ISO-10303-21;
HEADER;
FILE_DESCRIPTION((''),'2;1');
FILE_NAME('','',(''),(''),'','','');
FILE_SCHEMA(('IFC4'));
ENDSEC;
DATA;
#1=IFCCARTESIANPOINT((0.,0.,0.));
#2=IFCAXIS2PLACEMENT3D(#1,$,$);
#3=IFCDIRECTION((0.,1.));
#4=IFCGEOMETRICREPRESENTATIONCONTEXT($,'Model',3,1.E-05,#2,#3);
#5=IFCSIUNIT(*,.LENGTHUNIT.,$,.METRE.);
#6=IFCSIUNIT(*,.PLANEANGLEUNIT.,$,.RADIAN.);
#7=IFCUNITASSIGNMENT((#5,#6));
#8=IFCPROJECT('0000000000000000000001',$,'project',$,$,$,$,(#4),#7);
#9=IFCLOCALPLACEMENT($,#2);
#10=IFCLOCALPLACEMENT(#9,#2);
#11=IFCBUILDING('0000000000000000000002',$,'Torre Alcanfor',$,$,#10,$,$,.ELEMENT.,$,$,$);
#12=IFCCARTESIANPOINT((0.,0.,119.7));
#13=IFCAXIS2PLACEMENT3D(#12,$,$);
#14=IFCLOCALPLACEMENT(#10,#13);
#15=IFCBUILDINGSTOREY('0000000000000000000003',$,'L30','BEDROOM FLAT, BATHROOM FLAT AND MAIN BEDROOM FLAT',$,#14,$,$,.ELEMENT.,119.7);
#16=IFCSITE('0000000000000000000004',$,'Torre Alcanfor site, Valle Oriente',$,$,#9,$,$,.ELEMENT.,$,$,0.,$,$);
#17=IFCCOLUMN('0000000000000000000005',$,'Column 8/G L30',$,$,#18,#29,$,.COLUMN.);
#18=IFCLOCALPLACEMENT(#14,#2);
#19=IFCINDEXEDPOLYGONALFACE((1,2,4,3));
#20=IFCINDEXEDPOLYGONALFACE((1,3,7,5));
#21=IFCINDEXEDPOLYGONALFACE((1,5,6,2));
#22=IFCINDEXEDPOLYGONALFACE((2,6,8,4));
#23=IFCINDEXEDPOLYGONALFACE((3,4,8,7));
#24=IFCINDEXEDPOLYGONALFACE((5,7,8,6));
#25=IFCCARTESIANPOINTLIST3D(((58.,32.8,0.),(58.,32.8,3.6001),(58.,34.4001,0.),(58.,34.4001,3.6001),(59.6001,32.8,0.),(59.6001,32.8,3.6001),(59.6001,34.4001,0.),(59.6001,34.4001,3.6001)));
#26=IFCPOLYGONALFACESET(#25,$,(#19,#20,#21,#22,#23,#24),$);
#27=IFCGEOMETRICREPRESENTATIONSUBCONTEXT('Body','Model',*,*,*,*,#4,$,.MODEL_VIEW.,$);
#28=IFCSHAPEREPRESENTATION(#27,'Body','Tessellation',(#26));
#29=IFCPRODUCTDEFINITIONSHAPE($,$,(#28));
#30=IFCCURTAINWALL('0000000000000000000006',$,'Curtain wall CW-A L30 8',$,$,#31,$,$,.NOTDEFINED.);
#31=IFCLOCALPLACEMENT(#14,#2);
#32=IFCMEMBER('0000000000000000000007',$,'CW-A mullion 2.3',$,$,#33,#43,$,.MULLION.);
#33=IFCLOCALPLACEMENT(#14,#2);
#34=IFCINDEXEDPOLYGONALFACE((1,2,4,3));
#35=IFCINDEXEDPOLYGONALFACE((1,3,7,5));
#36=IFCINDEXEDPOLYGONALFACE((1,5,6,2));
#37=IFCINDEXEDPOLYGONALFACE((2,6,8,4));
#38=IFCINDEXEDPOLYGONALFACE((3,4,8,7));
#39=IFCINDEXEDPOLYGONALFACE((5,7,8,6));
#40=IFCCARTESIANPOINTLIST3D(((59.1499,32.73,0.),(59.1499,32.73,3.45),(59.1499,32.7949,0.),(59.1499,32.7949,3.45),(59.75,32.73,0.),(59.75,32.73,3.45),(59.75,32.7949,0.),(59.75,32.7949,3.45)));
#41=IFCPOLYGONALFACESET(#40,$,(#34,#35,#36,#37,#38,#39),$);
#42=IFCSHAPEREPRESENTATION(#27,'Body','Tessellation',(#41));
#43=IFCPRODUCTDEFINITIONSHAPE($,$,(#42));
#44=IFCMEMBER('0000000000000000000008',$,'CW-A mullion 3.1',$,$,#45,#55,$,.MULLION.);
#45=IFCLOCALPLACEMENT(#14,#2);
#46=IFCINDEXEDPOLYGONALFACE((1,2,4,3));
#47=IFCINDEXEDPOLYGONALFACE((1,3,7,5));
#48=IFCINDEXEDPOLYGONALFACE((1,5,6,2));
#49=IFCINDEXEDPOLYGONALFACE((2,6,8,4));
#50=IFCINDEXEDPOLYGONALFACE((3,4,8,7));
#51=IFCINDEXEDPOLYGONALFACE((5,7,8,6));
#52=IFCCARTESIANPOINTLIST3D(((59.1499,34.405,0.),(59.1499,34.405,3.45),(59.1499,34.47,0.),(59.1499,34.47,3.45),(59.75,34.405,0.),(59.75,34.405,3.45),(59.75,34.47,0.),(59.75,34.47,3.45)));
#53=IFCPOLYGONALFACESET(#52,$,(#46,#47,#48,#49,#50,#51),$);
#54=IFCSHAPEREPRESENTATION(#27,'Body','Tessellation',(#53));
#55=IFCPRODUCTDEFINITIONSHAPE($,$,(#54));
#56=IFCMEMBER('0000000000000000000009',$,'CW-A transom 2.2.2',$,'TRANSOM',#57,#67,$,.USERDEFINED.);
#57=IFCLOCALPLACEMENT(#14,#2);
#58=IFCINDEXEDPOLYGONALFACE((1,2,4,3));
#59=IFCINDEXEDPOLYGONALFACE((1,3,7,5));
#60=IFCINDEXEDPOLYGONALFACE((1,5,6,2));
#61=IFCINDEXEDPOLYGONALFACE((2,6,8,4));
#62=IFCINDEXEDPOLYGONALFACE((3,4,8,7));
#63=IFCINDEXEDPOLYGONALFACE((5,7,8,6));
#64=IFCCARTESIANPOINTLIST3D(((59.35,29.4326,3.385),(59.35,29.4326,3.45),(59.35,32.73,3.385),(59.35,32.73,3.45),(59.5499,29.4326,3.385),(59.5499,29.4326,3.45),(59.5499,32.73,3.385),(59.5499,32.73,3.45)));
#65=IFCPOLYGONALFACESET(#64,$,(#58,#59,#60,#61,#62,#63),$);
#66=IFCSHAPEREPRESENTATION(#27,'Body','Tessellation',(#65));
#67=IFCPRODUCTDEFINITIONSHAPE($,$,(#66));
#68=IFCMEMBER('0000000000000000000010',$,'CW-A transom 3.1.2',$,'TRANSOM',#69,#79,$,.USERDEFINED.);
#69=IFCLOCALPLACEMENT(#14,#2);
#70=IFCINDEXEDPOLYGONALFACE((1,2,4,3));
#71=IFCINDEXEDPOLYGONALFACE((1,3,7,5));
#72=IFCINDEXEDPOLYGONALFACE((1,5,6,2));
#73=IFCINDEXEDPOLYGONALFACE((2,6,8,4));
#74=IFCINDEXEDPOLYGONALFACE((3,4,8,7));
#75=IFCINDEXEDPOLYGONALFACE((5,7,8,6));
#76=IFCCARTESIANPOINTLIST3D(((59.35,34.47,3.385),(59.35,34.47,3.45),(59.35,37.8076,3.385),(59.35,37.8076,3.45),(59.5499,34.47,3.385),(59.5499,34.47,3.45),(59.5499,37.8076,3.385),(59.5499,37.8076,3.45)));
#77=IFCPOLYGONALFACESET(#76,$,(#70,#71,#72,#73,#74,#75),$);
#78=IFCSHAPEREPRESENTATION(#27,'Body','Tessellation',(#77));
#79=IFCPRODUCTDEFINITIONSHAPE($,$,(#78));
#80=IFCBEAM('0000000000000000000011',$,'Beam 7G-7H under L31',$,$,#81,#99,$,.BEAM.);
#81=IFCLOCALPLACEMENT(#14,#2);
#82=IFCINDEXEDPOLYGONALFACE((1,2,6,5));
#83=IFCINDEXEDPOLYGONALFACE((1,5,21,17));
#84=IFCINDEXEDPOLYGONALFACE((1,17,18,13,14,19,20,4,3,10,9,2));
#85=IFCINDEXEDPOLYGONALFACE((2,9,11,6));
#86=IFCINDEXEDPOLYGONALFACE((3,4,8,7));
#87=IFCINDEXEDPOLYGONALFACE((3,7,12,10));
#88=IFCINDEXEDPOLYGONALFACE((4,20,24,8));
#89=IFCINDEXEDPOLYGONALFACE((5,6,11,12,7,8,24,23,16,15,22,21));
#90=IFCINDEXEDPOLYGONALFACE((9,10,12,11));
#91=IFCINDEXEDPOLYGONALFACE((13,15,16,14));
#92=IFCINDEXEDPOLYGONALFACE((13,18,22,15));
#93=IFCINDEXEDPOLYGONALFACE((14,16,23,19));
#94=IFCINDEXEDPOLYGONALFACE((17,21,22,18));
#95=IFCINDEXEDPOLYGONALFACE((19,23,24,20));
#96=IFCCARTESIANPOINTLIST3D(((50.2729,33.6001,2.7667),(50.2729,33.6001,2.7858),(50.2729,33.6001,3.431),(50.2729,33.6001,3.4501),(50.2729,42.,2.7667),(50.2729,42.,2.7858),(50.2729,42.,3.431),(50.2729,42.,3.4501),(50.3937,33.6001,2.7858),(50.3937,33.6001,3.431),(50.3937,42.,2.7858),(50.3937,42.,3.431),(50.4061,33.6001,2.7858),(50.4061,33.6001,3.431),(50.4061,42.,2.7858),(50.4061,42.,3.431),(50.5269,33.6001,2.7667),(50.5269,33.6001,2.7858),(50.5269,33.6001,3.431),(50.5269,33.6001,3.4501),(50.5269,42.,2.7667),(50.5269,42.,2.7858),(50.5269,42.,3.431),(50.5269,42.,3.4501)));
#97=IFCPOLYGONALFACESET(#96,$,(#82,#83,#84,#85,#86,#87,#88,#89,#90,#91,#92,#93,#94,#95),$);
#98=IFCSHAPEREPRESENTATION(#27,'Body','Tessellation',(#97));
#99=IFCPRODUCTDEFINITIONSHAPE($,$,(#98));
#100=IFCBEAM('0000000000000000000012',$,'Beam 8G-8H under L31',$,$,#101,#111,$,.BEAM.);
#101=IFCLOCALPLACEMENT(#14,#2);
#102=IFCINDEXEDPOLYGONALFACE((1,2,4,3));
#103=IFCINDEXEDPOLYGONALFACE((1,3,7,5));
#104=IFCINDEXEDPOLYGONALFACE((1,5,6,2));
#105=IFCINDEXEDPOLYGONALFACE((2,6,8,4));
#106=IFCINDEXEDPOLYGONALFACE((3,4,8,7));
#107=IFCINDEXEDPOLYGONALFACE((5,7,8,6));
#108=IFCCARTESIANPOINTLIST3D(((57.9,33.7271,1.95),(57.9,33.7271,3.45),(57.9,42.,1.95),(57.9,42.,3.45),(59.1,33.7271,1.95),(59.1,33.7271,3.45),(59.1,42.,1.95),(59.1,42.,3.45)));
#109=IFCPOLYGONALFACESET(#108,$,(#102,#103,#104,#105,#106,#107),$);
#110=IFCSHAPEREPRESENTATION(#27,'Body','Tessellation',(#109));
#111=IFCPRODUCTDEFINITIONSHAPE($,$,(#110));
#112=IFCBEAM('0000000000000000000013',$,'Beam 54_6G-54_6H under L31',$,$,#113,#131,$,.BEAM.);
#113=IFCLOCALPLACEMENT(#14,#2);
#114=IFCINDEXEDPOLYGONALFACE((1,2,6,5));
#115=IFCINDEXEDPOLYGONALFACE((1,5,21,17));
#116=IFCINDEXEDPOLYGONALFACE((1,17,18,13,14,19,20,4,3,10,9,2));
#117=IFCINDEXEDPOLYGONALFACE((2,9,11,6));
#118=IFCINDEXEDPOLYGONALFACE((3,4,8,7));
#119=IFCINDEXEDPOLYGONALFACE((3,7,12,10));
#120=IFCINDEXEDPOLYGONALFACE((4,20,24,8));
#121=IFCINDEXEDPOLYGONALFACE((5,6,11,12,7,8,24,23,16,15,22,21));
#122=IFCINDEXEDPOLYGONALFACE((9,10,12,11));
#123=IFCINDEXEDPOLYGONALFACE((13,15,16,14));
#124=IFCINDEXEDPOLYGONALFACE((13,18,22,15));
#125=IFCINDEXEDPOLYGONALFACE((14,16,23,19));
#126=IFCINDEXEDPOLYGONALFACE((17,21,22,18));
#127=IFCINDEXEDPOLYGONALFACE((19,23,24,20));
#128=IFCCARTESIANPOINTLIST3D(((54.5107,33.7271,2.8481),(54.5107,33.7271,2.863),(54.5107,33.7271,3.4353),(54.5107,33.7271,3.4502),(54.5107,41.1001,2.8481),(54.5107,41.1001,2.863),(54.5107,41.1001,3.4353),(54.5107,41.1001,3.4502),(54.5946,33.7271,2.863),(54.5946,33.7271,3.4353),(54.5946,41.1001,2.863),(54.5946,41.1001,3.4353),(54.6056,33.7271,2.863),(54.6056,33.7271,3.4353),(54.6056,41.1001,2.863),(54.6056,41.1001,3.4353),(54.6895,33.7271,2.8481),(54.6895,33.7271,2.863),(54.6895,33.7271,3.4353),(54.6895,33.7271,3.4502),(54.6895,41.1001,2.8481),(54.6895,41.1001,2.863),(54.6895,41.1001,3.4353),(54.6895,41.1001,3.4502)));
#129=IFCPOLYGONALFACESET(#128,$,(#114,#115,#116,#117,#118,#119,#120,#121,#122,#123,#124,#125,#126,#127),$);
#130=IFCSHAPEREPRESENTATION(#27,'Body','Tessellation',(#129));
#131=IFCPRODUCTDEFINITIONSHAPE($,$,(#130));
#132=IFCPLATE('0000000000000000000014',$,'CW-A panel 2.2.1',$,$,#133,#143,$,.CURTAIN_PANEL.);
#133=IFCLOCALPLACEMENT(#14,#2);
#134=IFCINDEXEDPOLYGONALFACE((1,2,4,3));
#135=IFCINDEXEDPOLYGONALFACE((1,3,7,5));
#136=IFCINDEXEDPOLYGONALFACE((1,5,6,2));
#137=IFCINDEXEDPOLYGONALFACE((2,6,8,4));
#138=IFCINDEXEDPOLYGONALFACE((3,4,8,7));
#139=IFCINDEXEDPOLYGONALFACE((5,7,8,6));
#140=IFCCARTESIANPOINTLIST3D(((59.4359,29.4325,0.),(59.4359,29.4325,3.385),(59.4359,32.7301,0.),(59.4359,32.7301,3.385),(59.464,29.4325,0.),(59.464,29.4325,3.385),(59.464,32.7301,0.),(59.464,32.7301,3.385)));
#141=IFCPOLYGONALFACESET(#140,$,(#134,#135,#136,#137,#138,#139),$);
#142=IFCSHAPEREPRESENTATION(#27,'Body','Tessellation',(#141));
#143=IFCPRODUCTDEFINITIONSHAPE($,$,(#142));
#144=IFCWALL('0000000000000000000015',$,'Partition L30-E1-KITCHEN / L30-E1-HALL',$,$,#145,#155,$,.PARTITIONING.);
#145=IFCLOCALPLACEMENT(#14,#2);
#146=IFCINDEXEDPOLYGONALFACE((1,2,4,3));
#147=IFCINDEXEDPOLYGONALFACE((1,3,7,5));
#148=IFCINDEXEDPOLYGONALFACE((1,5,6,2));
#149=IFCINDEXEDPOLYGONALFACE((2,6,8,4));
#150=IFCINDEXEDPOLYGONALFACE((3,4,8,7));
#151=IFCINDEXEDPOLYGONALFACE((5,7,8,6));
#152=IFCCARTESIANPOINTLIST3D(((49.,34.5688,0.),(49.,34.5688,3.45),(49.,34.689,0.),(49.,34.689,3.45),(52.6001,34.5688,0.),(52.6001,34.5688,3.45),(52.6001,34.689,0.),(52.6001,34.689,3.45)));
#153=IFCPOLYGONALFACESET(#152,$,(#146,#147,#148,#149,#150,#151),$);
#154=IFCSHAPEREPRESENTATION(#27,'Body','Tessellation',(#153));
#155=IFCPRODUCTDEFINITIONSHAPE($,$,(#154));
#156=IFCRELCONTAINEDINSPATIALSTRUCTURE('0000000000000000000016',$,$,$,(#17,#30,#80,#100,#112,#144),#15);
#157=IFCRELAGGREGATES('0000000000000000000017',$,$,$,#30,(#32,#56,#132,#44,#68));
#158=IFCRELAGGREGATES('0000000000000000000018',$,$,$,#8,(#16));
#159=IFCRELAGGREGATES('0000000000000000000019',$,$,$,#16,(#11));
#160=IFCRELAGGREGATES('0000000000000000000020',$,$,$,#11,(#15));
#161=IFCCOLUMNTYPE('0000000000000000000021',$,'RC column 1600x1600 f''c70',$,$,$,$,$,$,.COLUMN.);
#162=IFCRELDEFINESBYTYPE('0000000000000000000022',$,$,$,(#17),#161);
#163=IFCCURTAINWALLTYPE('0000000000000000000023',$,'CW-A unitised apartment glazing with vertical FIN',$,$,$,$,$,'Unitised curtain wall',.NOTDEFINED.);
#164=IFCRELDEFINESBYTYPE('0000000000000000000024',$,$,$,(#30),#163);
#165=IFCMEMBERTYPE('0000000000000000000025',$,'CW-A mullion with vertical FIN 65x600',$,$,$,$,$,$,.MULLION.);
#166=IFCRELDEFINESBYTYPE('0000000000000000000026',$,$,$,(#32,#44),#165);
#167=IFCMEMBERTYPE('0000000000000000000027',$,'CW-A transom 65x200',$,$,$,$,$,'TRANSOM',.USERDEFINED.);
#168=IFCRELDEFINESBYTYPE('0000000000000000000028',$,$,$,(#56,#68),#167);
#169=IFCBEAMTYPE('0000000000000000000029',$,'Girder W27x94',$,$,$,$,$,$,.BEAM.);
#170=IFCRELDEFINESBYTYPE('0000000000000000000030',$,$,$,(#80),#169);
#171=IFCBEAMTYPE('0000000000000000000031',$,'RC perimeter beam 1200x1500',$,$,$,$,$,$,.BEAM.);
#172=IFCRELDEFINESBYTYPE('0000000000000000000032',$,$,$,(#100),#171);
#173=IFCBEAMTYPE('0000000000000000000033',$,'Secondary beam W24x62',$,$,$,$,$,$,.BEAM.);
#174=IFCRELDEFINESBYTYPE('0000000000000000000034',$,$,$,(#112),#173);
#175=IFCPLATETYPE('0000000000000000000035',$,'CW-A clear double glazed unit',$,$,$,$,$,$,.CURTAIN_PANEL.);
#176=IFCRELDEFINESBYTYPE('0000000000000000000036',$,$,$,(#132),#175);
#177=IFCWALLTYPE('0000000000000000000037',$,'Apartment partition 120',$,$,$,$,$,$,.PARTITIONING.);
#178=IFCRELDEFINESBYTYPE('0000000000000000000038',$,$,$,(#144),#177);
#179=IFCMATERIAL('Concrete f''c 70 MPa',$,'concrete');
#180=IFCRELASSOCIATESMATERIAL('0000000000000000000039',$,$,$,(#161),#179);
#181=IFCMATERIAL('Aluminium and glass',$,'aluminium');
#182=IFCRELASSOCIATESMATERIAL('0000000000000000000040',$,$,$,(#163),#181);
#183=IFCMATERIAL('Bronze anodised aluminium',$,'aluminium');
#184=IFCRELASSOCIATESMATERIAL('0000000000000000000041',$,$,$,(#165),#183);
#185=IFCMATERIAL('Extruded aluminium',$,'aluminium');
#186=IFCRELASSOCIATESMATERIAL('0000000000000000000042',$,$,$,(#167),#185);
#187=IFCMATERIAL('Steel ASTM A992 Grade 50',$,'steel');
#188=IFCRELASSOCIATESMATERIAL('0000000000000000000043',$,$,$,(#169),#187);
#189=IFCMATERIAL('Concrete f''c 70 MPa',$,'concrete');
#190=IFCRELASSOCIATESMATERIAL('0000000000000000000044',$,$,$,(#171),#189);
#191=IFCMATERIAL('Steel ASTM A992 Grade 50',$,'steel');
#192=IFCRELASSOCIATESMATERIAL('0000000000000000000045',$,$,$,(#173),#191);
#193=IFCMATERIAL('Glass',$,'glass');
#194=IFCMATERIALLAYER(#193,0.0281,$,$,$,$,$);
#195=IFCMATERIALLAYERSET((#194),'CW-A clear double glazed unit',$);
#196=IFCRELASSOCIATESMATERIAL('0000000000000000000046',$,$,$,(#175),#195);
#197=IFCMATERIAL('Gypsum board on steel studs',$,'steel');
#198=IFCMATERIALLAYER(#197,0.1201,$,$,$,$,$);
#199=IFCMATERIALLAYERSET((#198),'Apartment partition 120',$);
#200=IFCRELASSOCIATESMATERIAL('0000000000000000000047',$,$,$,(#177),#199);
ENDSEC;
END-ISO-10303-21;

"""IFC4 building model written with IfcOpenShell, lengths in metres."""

from ifc_helpers import new_model, si_unit, direction, frame, frame_2d, origin, origin_2d, place, context, subcontext, project, spatial, rectangle, i_section, extrude, material, layer, layer_set, material_profile, profile_set, type_object, element, aggregate, save


model = new_model("IFC4")

# Units and contexts
model_context = context("Model", 3, precision=1e-05, world=origin(), true_north=direction((0.0, 1.0)))
body_context = subcontext(model_context, "Body", "Model", "MODEL_VIEW")
ifc_project = project(units=[si_unit("LENGTHUNIT", "METRE"), si_unit("PLANEANGLEUNIT", "RADIAN")], contexts=[model_context])

# Site, building, storey
site_placement = place(None, origin())
site = spatial("IfcSite", under=ifc_project, at=site_placement, Name="Torre Alcanfor site, Valle Oriente", CompositionType="ELEMENT", RefElevation=0.0)
building_placement = place(site_placement, origin())
building = spatial("IfcBuilding", under=site, at=building_placement, Name="Torre Alcanfor", CompositionType="ELEMENT")
storey_placement = place(building_placement, frame((0.0, 0.0, 119.7)))
storey = spatial("IfcBuildingStorey", under=building, at=storey_placement, Name="L30", Description="BEDROOM FLAT, BATHROOM FLAT AND MAIN BEDROOM FLAT", CompositionType="ELEMENT", Elevation=119.7)

# Column
ifc_material_1 = material(Name="Concrete f'c 70 MPa", Category="concrete")
ifc_material_profile_1 = material_profile(ifc_material_1, rectangle(XDim=1.6001, YDim=1.6001, at=origin_2d()), Name="1600x1600")
ifc_profile_set_1 = profile_set([ifc_material_profile_1], Name="Concrete f'c 70 MPa")
column_type = type_object("IfcColumnType", Name="RC column 1600x1600 f'c70", PredefinedType="COLUMN", material=ifc_profile_set_1)
column_placement = place(storey_placement, frame((58.8, 33.6001, 0.0), z_axis=(0.0, 0.0, 1.0), x_axis=(1.0, 0.0, 0.0)))
element("IfcColumn", 1, at=column_placement, inside=storey, type_object=column_type, Name="Column 8/G L30", PredefinedType="COLUMN", context=body_context, shape_type="SweptSolid", body=[
    extrude(rectangle(XDim=1.6001, YDim=1.6001, at=origin_2d()), origin(), (0.0, 0.0, 1.0), 3.6001),
])

# Curtain wall, members
ifc_material_2 = material(Name="Aluminium and glass", Category="aluminium")
curtain_wall_type = type_object("IfcCurtainWallType", Name="CW-A unitised apartment glazing with vertical FIN", ElementType="Unitised curtain wall", PredefinedType="NOTDEFINED", material=ifc_material_2)
curtain_wall_placement = place(storey_placement, origin())
curtain_wall = element("IfcCurtainWall", 2, at=curtain_wall_placement, inside=storey, type_object=curtain_wall_type, Name="Curtain wall CW-A L30 8", PredefinedType="NOTDEFINED")
ifc_material_3 = material(Name="Bronze anodised aluminium", Category="aluminium")
ifc_material_profile_2 = material_profile(ifc_material_3, rectangle(XDim=0.6001, YDim=0.0649, at=origin_2d()), Name="CW-A mullion 65x600")
ifc_profile_set_2 = profile_set([ifc_material_profile_2], Name="Bronze anodised aluminium")
member_type_1 = type_object("IfcMemberType", Name="CW-A mullion with vertical FIN 65x600", PredefinedType="MULLION", material=ifc_profile_set_2)
member_1_placement = place(storey_placement, frame((59.45, 32.7625, 0.0), z_axis=(0.0, 0.0, 1.0), x_axis=(-1.0, 0.0, 0.0)))
member_1 = element("IfcMember", 3, at=member_1_placement, type_object=member_type_1, Name="CW-A mullion 2.3", PredefinedType="MULLION", context=body_context, shape_type="SweptSolid", body=[
    extrude(rectangle(XDim=0.6001, YDim=0.0649, at=origin_2d()), origin(), (0.0, 0.0, 1.0), 3.45),
])
member_2_placement = place(storey_placement, frame((59.45, 34.4375, 0.0), z_axis=(0.0, 0.0, 1.0), x_axis=(-1.0, 0.0, 0.0)))
member_2 = element("IfcMember", 4, at=member_2_placement, type_object=member_type_1, Name="CW-A mullion 3.1", PredefinedType="MULLION", context=body_context, shape_type="SweptSolid", body=[
    extrude(rectangle(XDim=0.6001, YDim=0.0649, at=origin_2d()), origin(), (0.0, 0.0, 1.0), 3.45),
])
ifc_material_4 = material(Name="Extruded aluminium", Category="aluminium")
ifc_material_profile_3 = material_profile(ifc_material_4, rectangle(XDim=0.2, YDim=0.0649, at=origin_2d()), Name="CW-A transom 200x65")
ifc_profile_set_3 = profile_set([ifc_material_profile_3], Name="Extruded aluminium")
member_type_2 = type_object("IfcMemberType", Name="CW-A transom 65x200", ElementType="TRANSOM", PredefinedType="USERDEFINED", material=ifc_profile_set_3)
member_3_placement = place(storey_placement, frame((59.45, 29.4326, 3.4175), z_axis=(0.0, 1.0, 0.0), x_axis=(-1.0, 0.0, 0.0)))
member_3 = element("IfcMember", 5, at=member_3_placement, type_object=member_type_2, Name="CW-A transom 2.2.2", ObjectType="TRANSOM", PredefinedType="USERDEFINED", context=body_context, shape_type="SweptSolid", body=[
    extrude(rectangle(XDim=0.2, YDim=0.0649, at=origin_2d()), origin(), (0.0, 0.0, 1.0), 3.2974),
])
member_4_placement = place(storey_placement, frame((59.45, 34.47, 3.4175), z_axis=(0.0, 1.0, 0.0), x_axis=(-1.0, 0.0, 0.0)))
member_4 = element("IfcMember", 6, at=member_4_placement, type_object=member_type_2, Name="CW-A transom 3.1.2", ObjectType="TRANSOM", PredefinedType="USERDEFINED", context=body_context, shape_type="SweptSolid", body=[
    extrude(rectangle(XDim=0.2, YDim=0.0649, at=origin_2d()), origin(), (0.0, 0.0, 1.0), 3.3376),
])

# Beams
ifc_material_5 = material(Name="Steel ASTM A992 Grade 50", Category="steel")
ifc_material_profile_4 = material_profile(ifc_material_5, i_section(OverallWidth=0.2539, OverallDepth=0.6833, WebThickness=0.0125, FlangeThickness=0.019, at=origin_2d()), Name="W27x94")
ifc_profile_set_4 = profile_set([ifc_material_profile_4], Name="Steel ASTM A992 Grade 50")
beam_type_1 = type_object("IfcBeamType", Name="Girder W27x94", PredefinedType="BEAM", material=ifc_profile_set_4)
beam_1_placement = place(storey_placement, frame((50.3999, 33.6001, 3.1084), z_axis=(0.0, 1.0, 0.0), x_axis=(-1.0, 0.0, 0.0)))
element("IfcBeam", 7, at=beam_1_placement, inside=storey, type_object=beam_type_1, Name="Beam 7G-7H under L31", PredefinedType="BEAM", context=body_context, shape_type="SweptSolid", body=[
    extrude(i_section(OverallWidth=0.2539, OverallDepth=0.6833, WebThickness=0.0125, FlangeThickness=0.019, at=origin_2d()), origin(), (0.0, 0.0, 1.0), 8.3999),
])
ifc_material_6 = material(Name="Concrete f'c 70 MPa", Category="concrete")
ifc_material_profile_5 = material_profile(ifc_material_6, rectangle(XDim=1.2, YDim=1.5, at=origin_2d()), Name="1200x1500")
ifc_profile_set_5 = profile_set([ifc_material_profile_5], Name="Concrete f'c 70 MPa")
beam_type_2 = type_object("IfcBeamType", Name="RC perimeter beam 1200x1500", PredefinedType="BEAM", material=ifc_profile_set_5)
beam_2_placement = place(storey_placement, frame((58.5, 33.7271, 2.7), z_axis=(0.0, 1.0, 0.0), x_axis=(-1.0, 0.0, 0.0)))
element("IfcBeam", 8, at=beam_2_placement, inside=storey, type_object=beam_type_2, Name="Beam 8G-8H under L31", PredefinedType="BEAM", context=body_context, shape_type="SweptSolid", body=[
    extrude(rectangle(XDim=1.2, YDim=1.5, at=origin_2d()), origin(), (0.0, 0.0, 1.0), 8.2729),
])
ifc_material_7 = material(Name="Steel ASTM A992 Grade 50", Category="steel")
ifc_material_profile_6 = material_profile(ifc_material_7, i_section(OverallWidth=0.1787, OverallDepth=0.6021, WebThickness=0.011, FlangeThickness=0.0149, at=origin_2d()), Name="W24x62")
ifc_profile_set_6 = profile_set([ifc_material_profile_6], Name="Steel ASTM A992 Grade 50")
beam_type_3 = type_object("IfcBeamType", Name="Secondary beam W24x62", PredefinedType="BEAM", material=ifc_profile_set_6)
beam_3_placement = place(storey_placement, frame((54.6001, 33.7271, 3.1492), z_axis=(0.0, 1.0, 0.0), x_axis=(-1.0, 0.0, 0.0)))
element("IfcBeam", 9, at=beam_3_placement, inside=storey, type_object=beam_type_3, Name="Beam 54_6G-54_6H under L31", PredefinedType="BEAM", context=body_context, shape_type="SweptSolid", body=[
    extrude(i_section(OverallWidth=0.1787, OverallDepth=0.6021, WebThickness=0.011, FlangeThickness=0.0149, at=origin_2d()), origin(), (0.0, 0.0, 1.0), 7.373),
])

# Plate
ifc_material_8 = material(Name="Glass", Category="glass")
ifc_layer_1 = layer(ifc_material_8, 0.0281)
ifc_layer_set_1 = layer_set([ifc_layer_1], Name="CW-A clear double glazed unit")
plate_type = type_object("IfcPlateType", Name="CW-A clear double glazed unit", PredefinedType="CURTAIN_PANEL", material=ifc_layer_set_1)
plate_placement = place(storey_placement, frame((59.45, 31.0813, 0.0), z_axis=(0.0, 0.0, 1.0), x_axis=(0.0, 1.0, 0.0)))
plate = element("IfcPlate", 10, at=plate_placement, type_object=plate_type, Name="CW-A panel 2.2.1", PredefinedType="CURTAIN_PANEL", context=body_context, shape_type="SweptSolid", body=[
    extrude(rectangle(XDim=3.2976, YDim=0.0281, at=origin_2d()), origin(), (0.0, 0.0, 1.0), 3.385),
])
aggregate(curtain_wall, [member_1, member_3, plate, member_2, member_4])

# Wall
ifc_material_9 = material(Name="Gypsum board on steel studs", Category="steel")
ifc_layer_2 = layer(ifc_material_9, 0.1201)
ifc_layer_set_2 = layer_set([ifc_layer_2], Name="Apartment partition 120")
wall_type = type_object("IfcWallType", Name="Apartment partition 120", PredefinedType="PARTITIONING", material=ifc_layer_set_2)
wall_1_placement = place(storey_placement, frame((52.6001, 34.6289, 0.0), z_axis=(0.0, 0.0, 1.0), x_axis=(-1.0, 0.0, 0.0)))
element("IfcWall", 11, at=wall_1_placement, inside=storey, type_object=wall_type, Name="Partition L30-E1-KITCHEN / L30-E1-HALL", PredefinedType="PARTITIONING", context=body_context, shape_type="SweptSolid", body=[
    extrude(rectangle(XDim=3.6001, YDim=0.1201, at=frame_2d((1.8, 0.0))), origin(), (0.0, 0.0, 1.0), 3.45),
])

save(model, "model.ifc")
